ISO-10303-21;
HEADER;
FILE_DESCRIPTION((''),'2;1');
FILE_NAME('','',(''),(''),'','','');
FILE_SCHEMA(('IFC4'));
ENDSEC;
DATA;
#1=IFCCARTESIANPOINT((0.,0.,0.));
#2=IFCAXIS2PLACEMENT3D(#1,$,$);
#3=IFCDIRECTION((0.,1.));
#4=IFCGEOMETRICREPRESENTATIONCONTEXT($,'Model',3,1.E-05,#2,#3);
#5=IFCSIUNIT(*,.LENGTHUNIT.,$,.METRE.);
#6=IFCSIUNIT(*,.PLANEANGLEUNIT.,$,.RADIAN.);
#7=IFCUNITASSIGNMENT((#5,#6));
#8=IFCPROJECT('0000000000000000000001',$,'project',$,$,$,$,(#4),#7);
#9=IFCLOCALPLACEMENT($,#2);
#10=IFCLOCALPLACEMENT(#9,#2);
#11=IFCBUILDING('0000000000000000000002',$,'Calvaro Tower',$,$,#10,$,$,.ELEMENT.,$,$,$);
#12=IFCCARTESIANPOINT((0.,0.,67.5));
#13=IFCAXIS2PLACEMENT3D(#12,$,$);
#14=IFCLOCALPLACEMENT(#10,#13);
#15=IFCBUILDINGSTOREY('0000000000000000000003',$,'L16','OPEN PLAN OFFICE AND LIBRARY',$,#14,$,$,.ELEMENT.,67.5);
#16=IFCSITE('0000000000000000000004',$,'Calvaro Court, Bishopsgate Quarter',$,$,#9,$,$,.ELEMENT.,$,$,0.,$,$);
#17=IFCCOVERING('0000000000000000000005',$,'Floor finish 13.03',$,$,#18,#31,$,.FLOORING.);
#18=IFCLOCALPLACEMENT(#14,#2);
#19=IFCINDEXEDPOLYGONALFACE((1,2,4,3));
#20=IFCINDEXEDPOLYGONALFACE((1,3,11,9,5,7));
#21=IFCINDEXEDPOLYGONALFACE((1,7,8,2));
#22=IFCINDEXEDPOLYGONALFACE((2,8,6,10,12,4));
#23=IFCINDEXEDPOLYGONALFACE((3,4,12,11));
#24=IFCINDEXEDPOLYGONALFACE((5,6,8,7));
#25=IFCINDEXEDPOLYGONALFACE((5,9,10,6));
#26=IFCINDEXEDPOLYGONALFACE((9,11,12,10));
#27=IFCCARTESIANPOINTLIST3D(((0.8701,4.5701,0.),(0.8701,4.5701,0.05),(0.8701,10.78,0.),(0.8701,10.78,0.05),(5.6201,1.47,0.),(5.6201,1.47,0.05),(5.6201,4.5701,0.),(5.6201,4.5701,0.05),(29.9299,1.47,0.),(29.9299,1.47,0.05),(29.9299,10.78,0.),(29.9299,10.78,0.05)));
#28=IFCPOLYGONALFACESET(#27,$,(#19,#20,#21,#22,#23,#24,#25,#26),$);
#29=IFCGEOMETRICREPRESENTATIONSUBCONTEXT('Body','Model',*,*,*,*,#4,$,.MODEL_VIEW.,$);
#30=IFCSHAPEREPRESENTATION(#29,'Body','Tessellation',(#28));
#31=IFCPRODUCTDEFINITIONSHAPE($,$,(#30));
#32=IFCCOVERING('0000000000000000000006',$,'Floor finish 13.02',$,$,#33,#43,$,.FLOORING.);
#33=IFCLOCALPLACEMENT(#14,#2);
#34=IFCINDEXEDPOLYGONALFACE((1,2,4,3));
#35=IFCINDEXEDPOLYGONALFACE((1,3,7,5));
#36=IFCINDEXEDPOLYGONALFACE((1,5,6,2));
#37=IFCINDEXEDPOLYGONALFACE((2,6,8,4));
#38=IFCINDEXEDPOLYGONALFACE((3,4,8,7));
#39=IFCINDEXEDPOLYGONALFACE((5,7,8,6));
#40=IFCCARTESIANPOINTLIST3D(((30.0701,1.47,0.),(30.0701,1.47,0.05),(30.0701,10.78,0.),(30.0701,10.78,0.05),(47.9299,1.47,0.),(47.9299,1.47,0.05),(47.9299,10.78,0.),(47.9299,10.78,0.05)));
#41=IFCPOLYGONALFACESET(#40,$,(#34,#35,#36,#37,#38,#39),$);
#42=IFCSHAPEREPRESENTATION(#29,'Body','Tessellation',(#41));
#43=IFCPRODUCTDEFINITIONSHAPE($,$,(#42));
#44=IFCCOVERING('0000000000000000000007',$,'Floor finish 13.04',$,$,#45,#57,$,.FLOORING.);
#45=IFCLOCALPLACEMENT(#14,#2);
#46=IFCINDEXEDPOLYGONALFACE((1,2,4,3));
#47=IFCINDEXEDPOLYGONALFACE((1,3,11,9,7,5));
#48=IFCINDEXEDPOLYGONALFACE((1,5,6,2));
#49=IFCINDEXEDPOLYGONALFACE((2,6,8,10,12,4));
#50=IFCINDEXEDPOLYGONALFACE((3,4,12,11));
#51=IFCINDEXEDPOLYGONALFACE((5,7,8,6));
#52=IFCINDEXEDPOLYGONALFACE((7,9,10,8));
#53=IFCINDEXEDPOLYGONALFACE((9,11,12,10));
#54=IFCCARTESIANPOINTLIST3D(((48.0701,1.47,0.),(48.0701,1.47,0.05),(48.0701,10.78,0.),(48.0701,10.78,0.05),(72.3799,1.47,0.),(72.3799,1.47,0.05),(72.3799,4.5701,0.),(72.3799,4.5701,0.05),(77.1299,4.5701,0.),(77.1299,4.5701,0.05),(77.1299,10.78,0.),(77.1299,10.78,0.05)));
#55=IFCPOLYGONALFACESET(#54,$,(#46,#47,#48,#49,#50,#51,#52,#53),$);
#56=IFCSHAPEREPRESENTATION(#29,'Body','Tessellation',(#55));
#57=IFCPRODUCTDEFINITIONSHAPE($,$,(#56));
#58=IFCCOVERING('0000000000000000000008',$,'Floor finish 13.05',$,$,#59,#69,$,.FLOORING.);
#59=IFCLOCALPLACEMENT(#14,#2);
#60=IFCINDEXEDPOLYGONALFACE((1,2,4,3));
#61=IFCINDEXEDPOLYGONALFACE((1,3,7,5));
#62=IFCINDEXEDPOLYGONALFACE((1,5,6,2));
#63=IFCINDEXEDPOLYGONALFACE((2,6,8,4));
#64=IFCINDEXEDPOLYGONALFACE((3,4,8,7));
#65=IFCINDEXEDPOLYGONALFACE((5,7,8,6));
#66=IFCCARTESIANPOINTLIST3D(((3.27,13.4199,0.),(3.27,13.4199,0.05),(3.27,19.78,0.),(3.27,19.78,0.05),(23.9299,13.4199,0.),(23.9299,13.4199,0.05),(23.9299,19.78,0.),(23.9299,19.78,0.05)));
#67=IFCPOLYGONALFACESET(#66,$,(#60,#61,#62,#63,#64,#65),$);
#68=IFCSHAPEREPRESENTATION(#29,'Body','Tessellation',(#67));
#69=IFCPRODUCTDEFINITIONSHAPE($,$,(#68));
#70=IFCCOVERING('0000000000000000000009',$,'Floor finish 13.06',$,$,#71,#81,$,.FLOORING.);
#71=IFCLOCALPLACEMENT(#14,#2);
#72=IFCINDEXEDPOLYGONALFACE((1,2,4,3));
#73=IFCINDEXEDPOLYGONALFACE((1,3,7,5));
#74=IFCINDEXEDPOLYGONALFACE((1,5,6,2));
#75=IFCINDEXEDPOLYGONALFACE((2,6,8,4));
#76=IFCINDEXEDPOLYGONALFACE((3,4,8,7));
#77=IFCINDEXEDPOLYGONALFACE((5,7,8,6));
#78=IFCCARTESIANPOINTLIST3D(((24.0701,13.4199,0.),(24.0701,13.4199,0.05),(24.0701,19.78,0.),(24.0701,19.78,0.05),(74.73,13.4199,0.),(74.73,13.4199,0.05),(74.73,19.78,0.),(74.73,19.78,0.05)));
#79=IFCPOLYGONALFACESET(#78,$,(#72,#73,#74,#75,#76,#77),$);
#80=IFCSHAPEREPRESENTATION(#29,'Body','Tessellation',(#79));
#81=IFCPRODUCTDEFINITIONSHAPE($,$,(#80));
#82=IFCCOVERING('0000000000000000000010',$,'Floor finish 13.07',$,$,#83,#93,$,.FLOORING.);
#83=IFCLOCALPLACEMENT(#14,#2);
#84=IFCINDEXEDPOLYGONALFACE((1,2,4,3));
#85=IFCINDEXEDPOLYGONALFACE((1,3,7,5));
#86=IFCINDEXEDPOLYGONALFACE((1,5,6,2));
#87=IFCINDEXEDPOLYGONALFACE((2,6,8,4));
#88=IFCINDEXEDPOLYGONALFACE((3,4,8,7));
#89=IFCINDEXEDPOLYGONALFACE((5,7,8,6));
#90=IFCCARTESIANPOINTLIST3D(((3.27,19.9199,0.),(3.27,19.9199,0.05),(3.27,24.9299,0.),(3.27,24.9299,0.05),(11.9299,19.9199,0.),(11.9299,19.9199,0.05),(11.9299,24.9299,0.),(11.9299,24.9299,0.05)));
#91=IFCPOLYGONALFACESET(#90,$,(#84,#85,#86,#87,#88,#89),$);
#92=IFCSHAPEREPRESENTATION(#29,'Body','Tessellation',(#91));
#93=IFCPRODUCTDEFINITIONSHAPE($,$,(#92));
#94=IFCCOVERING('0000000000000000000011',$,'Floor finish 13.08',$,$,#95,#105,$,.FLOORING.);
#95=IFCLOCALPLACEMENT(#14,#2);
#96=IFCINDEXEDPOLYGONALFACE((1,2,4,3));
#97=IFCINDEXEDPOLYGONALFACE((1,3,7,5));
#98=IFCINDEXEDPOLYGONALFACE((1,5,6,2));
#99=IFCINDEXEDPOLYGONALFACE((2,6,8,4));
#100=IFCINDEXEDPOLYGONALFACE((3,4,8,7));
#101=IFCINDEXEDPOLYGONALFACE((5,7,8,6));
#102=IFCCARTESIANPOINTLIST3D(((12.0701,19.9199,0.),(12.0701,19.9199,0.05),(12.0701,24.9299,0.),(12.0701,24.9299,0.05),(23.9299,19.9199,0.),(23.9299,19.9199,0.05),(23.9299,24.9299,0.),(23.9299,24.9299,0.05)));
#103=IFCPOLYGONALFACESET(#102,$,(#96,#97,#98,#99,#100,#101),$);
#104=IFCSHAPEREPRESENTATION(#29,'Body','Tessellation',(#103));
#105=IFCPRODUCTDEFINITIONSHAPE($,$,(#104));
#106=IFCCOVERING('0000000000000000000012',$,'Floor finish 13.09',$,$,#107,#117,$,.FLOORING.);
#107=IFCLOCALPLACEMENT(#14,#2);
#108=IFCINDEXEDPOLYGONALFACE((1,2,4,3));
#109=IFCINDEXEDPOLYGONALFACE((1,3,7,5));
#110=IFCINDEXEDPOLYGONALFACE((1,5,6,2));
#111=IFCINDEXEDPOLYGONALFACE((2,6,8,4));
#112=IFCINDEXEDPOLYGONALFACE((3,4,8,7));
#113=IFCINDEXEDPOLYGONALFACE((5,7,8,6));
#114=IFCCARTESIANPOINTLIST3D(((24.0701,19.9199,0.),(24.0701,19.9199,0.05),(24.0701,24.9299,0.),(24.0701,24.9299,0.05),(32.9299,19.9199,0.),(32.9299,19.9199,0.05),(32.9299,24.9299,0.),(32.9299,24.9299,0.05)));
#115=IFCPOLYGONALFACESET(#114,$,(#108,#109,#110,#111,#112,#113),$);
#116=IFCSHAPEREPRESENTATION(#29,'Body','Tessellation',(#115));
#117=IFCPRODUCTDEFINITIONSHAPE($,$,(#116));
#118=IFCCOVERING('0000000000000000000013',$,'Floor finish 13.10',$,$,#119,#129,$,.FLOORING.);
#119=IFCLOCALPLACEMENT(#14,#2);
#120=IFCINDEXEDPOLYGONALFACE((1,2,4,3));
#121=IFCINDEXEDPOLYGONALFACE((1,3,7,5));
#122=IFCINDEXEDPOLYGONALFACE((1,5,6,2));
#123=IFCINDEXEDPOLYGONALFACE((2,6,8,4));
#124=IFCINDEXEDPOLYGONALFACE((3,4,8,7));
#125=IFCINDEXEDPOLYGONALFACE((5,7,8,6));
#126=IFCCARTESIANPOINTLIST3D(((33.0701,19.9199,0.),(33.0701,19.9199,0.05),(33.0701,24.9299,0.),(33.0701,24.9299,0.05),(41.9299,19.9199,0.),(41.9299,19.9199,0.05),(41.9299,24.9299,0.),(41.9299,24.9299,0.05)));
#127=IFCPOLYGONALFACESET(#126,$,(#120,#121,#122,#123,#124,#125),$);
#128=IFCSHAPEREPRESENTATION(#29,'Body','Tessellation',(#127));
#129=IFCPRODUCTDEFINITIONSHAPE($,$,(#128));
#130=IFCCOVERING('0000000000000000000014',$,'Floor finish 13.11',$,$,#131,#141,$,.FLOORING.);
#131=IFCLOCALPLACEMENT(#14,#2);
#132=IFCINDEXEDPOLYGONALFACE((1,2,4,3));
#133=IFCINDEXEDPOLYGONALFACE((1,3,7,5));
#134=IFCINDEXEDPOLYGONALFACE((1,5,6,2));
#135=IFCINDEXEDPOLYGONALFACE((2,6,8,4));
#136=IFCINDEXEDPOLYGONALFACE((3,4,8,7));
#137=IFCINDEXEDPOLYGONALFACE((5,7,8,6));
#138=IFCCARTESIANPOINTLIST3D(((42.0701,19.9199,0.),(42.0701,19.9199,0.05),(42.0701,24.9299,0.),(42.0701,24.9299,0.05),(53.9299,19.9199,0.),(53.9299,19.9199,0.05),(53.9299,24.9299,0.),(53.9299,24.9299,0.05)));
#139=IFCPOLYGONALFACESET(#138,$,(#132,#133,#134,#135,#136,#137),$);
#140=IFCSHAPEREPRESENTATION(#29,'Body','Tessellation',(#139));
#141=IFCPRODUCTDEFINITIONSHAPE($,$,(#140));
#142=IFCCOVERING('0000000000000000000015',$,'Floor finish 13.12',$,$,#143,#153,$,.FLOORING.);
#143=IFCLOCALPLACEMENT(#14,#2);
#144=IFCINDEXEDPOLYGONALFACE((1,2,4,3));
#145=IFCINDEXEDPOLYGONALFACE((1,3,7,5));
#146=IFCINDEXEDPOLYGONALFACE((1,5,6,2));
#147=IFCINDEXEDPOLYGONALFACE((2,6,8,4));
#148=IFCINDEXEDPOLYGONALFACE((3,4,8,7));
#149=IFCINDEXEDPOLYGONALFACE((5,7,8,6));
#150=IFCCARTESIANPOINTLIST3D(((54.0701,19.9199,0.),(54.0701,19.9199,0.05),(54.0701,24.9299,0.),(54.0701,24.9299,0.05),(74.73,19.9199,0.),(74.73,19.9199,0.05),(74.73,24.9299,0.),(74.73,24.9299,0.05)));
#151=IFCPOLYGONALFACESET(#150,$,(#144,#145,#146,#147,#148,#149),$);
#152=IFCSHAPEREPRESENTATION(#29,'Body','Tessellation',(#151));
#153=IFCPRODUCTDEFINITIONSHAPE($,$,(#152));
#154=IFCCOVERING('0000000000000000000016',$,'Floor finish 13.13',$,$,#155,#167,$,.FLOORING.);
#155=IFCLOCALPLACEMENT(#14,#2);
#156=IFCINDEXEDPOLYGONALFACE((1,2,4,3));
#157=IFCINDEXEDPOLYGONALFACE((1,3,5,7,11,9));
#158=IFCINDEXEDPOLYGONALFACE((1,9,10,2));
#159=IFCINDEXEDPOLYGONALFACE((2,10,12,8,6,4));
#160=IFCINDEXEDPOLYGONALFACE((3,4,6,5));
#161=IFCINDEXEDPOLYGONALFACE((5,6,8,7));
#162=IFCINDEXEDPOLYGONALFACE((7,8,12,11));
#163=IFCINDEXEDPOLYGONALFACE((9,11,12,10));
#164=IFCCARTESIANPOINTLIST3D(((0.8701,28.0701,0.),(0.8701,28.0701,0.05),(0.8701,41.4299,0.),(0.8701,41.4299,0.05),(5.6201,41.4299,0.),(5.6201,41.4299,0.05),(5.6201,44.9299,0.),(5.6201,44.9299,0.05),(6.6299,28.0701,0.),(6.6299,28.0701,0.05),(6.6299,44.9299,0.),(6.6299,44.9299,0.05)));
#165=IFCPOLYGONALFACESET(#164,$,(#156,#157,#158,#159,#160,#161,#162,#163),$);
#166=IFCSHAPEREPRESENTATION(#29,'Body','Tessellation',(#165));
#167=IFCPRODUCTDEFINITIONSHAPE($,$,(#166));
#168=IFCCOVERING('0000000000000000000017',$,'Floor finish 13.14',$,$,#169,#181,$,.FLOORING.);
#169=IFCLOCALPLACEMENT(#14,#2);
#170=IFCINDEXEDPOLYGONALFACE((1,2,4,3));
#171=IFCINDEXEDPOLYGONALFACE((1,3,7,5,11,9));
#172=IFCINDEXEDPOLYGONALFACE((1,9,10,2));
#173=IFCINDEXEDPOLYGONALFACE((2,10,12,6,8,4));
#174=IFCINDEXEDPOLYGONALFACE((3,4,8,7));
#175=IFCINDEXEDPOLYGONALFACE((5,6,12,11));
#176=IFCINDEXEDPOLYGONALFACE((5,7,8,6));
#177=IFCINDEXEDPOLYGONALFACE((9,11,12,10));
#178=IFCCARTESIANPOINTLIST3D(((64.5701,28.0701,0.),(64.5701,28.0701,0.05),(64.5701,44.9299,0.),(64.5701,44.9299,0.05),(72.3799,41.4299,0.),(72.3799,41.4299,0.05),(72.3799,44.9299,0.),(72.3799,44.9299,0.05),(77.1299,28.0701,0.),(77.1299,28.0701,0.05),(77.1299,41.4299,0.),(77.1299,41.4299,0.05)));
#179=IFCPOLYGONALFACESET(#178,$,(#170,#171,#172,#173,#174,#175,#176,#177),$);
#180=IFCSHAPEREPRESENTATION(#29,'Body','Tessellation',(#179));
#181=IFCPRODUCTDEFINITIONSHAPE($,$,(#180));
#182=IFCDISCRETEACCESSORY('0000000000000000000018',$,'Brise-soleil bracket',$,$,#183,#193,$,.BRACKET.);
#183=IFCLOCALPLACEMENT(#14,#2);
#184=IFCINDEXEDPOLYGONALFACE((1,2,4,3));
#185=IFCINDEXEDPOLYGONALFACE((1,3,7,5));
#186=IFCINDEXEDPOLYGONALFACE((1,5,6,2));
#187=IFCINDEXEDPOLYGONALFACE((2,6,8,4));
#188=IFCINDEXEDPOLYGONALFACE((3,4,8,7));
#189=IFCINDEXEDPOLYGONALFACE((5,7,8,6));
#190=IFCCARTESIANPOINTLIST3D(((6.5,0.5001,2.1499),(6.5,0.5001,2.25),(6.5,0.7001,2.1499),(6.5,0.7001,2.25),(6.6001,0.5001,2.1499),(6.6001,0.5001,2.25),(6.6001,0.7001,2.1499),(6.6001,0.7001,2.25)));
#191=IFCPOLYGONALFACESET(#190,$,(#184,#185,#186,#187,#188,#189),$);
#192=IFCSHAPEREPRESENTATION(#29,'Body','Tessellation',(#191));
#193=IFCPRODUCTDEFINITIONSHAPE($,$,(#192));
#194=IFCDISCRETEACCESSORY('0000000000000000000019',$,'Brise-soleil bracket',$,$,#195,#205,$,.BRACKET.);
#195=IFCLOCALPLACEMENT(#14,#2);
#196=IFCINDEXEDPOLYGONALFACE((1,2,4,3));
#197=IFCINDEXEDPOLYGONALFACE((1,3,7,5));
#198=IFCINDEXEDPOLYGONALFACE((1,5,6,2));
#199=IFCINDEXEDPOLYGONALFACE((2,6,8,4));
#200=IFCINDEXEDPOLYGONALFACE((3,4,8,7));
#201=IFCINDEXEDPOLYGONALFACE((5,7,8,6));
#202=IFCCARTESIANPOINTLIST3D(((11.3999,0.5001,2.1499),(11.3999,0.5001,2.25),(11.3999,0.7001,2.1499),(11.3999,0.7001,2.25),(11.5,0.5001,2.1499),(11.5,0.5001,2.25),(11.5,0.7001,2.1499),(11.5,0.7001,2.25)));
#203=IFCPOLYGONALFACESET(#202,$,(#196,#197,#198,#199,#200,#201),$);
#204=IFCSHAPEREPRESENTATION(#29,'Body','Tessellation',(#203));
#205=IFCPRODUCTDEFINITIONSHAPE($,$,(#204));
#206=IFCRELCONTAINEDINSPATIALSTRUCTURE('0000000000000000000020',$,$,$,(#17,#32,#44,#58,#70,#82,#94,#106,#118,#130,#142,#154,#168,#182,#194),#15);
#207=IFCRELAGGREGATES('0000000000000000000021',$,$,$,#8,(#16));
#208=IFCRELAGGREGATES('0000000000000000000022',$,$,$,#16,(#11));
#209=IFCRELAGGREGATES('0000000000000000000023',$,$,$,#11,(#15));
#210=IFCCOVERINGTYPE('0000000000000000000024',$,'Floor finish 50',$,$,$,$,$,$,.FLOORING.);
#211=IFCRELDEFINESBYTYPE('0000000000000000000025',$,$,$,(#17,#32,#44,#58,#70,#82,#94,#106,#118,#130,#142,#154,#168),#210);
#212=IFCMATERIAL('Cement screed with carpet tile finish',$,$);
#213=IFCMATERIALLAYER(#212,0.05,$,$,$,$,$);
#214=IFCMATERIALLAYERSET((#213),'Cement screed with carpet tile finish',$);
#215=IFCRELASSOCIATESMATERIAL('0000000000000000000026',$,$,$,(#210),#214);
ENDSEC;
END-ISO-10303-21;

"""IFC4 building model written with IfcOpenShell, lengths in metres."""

from ifc_helpers import new_model, si_unit, direction, frame, origin, origin_2d, place, context, subcontext, project, spatial, polyline, rectangle, outline, extrude, material, layer, layer_set, type_object, element, save


model = new_model("IFC4")

# Units and contexts
model_context = context("Model", 3, precision=1e-05, world=origin(), true_north=direction((0.0, 1.0)))
body_context = subcontext(model_context, "Body", "Model", "MODEL_VIEW")
ifc_project = project(units=[si_unit("LENGTHUNIT", "METRE"), si_unit("PLANEANGLEUNIT", "RADIAN")], contexts=[model_context])

# Site, building, storey
site_placement = place(None, origin())
site = spatial("IfcSite", under=ifc_project, at=site_placement, Name="Calvaro Court, Bishopsgate Quarter", CompositionType="ELEMENT", RefElevation=0.0)
building_placement = place(site_placement, origin())
building = spatial("IfcBuilding", under=site, at=building_placement, Name="Calvaro Tower", CompositionType="ELEMENT")
storey_placement = place(building_placement, frame((0.0, 0.0, 67.5)))
storey = spatial("IfcBuildingStorey", under=building, at=storey_placement, Name="L16", Description="OPEN PLAN OFFICE AND LIBRARY", CompositionType="ELEMENT", Elevation=67.5)

# Coverings
ifc_material_1 = material(Name="Cement screed with carpet tile finish")
ifc_layer_1 = layer(ifc_material_1, 0.05)
ifc_layer_set_1 = layer_set([ifc_layer_1], Name="Cement screed with carpet tile finish")
covering_type = type_object("IfcCoveringType", Name="Floor finish 50", PredefinedType="FLOORING", material=ifc_layer_set_1)
covering_1_placement = place(storey_placement, origin())
element("IfcCovering", 1, at=covering_1_placement, inside=storey, type_object=covering_type, Name="Floor finish 13.03", PredefinedType="FLOORING", context=body_context, shape_type="SweptSolid", body=[
    extrude(outline(polyline([(29.9299, 10.78), (29.9299, 1.47), (5.6201, 1.47), (5.6201, 4.5701), (0.8701, 4.5701), (0.8701, 10.78), (29.9299, 10.78)])), origin(), (0.0, 0.0, 1.0), 0.05),
])
covering_2_placement = place(storey_placement, origin())
element("IfcCovering", 2, at=covering_2_placement, inside=storey, type_object=covering_type, Name="Floor finish 13.02", PredefinedType="FLOORING", context=body_context, shape_type="SweptSolid", body=[
    extrude(outline(polyline([(30.0701, 10.78), (47.9299, 10.78), (47.9299, 1.47), (30.0701, 1.47), (30.0701, 10.78)])), origin(), (0.0, 0.0, 1.0), 0.05),
])
covering_3_placement = place(storey_placement, origin())
element("IfcCovering", 3, at=covering_3_placement, inside=storey, type_object=covering_type, Name="Floor finish 13.04", PredefinedType="FLOORING", context=body_context, shape_type="SweptSolid", body=[
    extrude(outline(polyline([(77.1299, 4.5701), (72.3799, 4.5701), (72.3799, 1.47), (48.0701, 1.47), (48.0701, 10.78), (77.1299, 10.78), (77.1299, 4.5701)])), origin(), (0.0, 0.0, 1.0), 0.05),
])
covering_4_placement = place(storey_placement, origin())
element("IfcCovering", 4, at=covering_4_placement, inside=storey, type_object=covering_type, Name="Floor finish 13.05", PredefinedType="FLOORING", context=body_context, shape_type="SweptSolid", body=[
    extrude(outline(polyline([(3.27, 13.4199), (3.27, 19.78), (23.9299, 19.78), (23.9299, 13.4199), (3.27, 13.4199)])), origin(), (0.0, 0.0, 1.0), 0.05),
])
covering_5_placement = place(storey_placement, origin())
element("IfcCovering", 5, at=covering_5_placement, inside=storey, type_object=covering_type, Name="Floor finish 13.06", PredefinedType="FLOORING", context=body_context, shape_type="SweptSolid", body=[
    extrude(outline(polyline([(24.0701, 13.4199), (24.0701, 19.78), (74.73, 19.78), (74.73, 13.4199), (24.0701, 13.4199)])), origin(), (0.0, 0.0, 1.0), 0.05),
])
covering_6_placement = place(storey_placement, origin())
element("IfcCovering", 6, at=covering_6_placement, inside=storey, type_object=covering_type, Name="Floor finish 13.07", PredefinedType="FLOORING", context=body_context, shape_type="SweptSolid", body=[
    extrude(outline(polyline([(3.27, 19.9199), (3.27, 24.9299), (11.9299, 24.9299), (11.9299, 19.9199), (3.27, 19.9199)])), origin(), (0.0, 0.0, 1.0), 0.05),
])
covering_7_placement = place(storey_placement, origin())
element("IfcCovering", 7, at=covering_7_placement, inside=storey, type_object=covering_type, Name="Floor finish 13.08", PredefinedType="FLOORING", context=body_context, shape_type="SweptSolid", body=[
    extrude(outline(polyline([(12.0701, 19.9199), (12.0701, 24.9299), (23.9299, 24.9299), (23.9299, 19.9199), (12.0701, 19.9199)])), origin(), (0.0, 0.0, 1.0), 0.05),
])
covering_8_placement = place(storey_placement, origin())
element("IfcCovering", 8, at=covering_8_placement, inside=storey, type_object=covering_type, Name="Floor finish 13.09", PredefinedType="FLOORING", context=body_context, shape_type="SweptSolid", body=[
    extrude(outline(polyline([(24.0701, 19.9199), (24.0701, 24.9299), (32.9299, 24.9299), (32.9299, 19.9199), (24.0701, 19.9199)])), origin(), (0.0, 0.0, 1.0), 0.05),
])
covering_9_placement = place(storey_placement, origin())
element("IfcCovering", 9, at=covering_9_placement, inside=storey, type_object=covering_type, Name="Floor finish 13.10", PredefinedType="FLOORING", context=body_context, shape_type="SweptSolid", body=[
    extrude(outline(polyline([(33.0701, 19.9199), (33.0701, 24.9299), (41.9299, 24.9299), (41.9299, 19.9199), (33.0701, 19.9199)])), origin(), (0.0, 0.0, 1.0), 0.05),
])
covering_10_placement = place(storey_placement, origin())
element("IfcCovering", 10, at=covering_10_placement, inside=storey, type_object=covering_type, Name="Floor finish 13.11", PredefinedType="FLOORING", context=body_context, shape_type="SweptSolid", body=[
    extrude(outline(polyline([(42.0701, 19.9199), (42.0701, 24.9299), (53.9299, 24.9299), (53.9299, 19.9199), (42.0701, 19.9199)])), origin(), (0.0, 0.0, 1.0), 0.05),
])
covering_11_placement = place(storey_placement, origin())
element("IfcCovering", 11, at=covering_11_placement, inside=storey, type_object=covering_type, Name="Floor finish 13.12", PredefinedType="FLOORING", context=body_context, shape_type="SweptSolid", body=[
    extrude(outline(polyline([(54.0701, 19.9199), (54.0701, 24.9299), (74.73, 24.9299), (74.73, 19.9199), (54.0701, 19.9199)])), origin(), (0.0, 0.0, 1.0), 0.05),
])
covering_12_placement = place(storey_placement, origin())
element("IfcCovering", 12, at=covering_12_placement, inside=storey, type_object=covering_type, Name="Floor finish 13.13", PredefinedType="FLOORING", context=body_context, shape_type="SweptSolid", body=[
    extrude(outline(polyline([(6.6299, 28.0701), (0.8701, 28.0701), (0.8701, 41.4299), (5.6201, 41.4299), (5.6201, 44.9299), (6.6299, 44.9299), (6.6299, 28.0701)])), origin(), (0.0, 0.0, 1.0), 0.05),
])
covering_13_placement = place(storey_placement, origin())
element("IfcCovering", 13, at=covering_13_placement, inside=storey, type_object=covering_type, Name="Floor finish 13.14", PredefinedType="FLOORING", context=body_context, shape_type="SweptSolid", body=[
    extrude(outline(polyline([(77.1299, 28.0701), (64.5701, 28.0701), (64.5701, 44.9299), (72.3799, 44.9299), (72.3799, 41.4299), (77.1299, 41.4299), (77.1299, 28.0701)])), origin(), (0.0, 0.0, 1.0), 0.05),
])

# Discrete accessories
for number, where, z_axis, x_axis, name in (
    (14, (6.55, 0.6001, 2.1499), (0.0, 0.0, 1.0), (1.0, 0.0, 0.0), "Brise-soleil bracket"),
    (15, (11.45, 0.6001, 2.1499), (0.0, 0.0, 1.0), (1.0, 0.0, 0.0), "Brise-soleil bracket"),
):
    element("IfcDiscreteAccessory", number, at=place(storey_placement, frame(where, z_axis=z_axis, x_axis=x_axis)), inside=storey, Name=name, PredefinedType="BRACKET", context=body_context, shape_type="SweptSolid", body=[
        extrude(rectangle(XDim=0.1001, YDim=0.2, at=origin_2d()), origin(), (0.0, 0.0, 1.0), 0.1001),
    ])

save(model, "model.ifc")
